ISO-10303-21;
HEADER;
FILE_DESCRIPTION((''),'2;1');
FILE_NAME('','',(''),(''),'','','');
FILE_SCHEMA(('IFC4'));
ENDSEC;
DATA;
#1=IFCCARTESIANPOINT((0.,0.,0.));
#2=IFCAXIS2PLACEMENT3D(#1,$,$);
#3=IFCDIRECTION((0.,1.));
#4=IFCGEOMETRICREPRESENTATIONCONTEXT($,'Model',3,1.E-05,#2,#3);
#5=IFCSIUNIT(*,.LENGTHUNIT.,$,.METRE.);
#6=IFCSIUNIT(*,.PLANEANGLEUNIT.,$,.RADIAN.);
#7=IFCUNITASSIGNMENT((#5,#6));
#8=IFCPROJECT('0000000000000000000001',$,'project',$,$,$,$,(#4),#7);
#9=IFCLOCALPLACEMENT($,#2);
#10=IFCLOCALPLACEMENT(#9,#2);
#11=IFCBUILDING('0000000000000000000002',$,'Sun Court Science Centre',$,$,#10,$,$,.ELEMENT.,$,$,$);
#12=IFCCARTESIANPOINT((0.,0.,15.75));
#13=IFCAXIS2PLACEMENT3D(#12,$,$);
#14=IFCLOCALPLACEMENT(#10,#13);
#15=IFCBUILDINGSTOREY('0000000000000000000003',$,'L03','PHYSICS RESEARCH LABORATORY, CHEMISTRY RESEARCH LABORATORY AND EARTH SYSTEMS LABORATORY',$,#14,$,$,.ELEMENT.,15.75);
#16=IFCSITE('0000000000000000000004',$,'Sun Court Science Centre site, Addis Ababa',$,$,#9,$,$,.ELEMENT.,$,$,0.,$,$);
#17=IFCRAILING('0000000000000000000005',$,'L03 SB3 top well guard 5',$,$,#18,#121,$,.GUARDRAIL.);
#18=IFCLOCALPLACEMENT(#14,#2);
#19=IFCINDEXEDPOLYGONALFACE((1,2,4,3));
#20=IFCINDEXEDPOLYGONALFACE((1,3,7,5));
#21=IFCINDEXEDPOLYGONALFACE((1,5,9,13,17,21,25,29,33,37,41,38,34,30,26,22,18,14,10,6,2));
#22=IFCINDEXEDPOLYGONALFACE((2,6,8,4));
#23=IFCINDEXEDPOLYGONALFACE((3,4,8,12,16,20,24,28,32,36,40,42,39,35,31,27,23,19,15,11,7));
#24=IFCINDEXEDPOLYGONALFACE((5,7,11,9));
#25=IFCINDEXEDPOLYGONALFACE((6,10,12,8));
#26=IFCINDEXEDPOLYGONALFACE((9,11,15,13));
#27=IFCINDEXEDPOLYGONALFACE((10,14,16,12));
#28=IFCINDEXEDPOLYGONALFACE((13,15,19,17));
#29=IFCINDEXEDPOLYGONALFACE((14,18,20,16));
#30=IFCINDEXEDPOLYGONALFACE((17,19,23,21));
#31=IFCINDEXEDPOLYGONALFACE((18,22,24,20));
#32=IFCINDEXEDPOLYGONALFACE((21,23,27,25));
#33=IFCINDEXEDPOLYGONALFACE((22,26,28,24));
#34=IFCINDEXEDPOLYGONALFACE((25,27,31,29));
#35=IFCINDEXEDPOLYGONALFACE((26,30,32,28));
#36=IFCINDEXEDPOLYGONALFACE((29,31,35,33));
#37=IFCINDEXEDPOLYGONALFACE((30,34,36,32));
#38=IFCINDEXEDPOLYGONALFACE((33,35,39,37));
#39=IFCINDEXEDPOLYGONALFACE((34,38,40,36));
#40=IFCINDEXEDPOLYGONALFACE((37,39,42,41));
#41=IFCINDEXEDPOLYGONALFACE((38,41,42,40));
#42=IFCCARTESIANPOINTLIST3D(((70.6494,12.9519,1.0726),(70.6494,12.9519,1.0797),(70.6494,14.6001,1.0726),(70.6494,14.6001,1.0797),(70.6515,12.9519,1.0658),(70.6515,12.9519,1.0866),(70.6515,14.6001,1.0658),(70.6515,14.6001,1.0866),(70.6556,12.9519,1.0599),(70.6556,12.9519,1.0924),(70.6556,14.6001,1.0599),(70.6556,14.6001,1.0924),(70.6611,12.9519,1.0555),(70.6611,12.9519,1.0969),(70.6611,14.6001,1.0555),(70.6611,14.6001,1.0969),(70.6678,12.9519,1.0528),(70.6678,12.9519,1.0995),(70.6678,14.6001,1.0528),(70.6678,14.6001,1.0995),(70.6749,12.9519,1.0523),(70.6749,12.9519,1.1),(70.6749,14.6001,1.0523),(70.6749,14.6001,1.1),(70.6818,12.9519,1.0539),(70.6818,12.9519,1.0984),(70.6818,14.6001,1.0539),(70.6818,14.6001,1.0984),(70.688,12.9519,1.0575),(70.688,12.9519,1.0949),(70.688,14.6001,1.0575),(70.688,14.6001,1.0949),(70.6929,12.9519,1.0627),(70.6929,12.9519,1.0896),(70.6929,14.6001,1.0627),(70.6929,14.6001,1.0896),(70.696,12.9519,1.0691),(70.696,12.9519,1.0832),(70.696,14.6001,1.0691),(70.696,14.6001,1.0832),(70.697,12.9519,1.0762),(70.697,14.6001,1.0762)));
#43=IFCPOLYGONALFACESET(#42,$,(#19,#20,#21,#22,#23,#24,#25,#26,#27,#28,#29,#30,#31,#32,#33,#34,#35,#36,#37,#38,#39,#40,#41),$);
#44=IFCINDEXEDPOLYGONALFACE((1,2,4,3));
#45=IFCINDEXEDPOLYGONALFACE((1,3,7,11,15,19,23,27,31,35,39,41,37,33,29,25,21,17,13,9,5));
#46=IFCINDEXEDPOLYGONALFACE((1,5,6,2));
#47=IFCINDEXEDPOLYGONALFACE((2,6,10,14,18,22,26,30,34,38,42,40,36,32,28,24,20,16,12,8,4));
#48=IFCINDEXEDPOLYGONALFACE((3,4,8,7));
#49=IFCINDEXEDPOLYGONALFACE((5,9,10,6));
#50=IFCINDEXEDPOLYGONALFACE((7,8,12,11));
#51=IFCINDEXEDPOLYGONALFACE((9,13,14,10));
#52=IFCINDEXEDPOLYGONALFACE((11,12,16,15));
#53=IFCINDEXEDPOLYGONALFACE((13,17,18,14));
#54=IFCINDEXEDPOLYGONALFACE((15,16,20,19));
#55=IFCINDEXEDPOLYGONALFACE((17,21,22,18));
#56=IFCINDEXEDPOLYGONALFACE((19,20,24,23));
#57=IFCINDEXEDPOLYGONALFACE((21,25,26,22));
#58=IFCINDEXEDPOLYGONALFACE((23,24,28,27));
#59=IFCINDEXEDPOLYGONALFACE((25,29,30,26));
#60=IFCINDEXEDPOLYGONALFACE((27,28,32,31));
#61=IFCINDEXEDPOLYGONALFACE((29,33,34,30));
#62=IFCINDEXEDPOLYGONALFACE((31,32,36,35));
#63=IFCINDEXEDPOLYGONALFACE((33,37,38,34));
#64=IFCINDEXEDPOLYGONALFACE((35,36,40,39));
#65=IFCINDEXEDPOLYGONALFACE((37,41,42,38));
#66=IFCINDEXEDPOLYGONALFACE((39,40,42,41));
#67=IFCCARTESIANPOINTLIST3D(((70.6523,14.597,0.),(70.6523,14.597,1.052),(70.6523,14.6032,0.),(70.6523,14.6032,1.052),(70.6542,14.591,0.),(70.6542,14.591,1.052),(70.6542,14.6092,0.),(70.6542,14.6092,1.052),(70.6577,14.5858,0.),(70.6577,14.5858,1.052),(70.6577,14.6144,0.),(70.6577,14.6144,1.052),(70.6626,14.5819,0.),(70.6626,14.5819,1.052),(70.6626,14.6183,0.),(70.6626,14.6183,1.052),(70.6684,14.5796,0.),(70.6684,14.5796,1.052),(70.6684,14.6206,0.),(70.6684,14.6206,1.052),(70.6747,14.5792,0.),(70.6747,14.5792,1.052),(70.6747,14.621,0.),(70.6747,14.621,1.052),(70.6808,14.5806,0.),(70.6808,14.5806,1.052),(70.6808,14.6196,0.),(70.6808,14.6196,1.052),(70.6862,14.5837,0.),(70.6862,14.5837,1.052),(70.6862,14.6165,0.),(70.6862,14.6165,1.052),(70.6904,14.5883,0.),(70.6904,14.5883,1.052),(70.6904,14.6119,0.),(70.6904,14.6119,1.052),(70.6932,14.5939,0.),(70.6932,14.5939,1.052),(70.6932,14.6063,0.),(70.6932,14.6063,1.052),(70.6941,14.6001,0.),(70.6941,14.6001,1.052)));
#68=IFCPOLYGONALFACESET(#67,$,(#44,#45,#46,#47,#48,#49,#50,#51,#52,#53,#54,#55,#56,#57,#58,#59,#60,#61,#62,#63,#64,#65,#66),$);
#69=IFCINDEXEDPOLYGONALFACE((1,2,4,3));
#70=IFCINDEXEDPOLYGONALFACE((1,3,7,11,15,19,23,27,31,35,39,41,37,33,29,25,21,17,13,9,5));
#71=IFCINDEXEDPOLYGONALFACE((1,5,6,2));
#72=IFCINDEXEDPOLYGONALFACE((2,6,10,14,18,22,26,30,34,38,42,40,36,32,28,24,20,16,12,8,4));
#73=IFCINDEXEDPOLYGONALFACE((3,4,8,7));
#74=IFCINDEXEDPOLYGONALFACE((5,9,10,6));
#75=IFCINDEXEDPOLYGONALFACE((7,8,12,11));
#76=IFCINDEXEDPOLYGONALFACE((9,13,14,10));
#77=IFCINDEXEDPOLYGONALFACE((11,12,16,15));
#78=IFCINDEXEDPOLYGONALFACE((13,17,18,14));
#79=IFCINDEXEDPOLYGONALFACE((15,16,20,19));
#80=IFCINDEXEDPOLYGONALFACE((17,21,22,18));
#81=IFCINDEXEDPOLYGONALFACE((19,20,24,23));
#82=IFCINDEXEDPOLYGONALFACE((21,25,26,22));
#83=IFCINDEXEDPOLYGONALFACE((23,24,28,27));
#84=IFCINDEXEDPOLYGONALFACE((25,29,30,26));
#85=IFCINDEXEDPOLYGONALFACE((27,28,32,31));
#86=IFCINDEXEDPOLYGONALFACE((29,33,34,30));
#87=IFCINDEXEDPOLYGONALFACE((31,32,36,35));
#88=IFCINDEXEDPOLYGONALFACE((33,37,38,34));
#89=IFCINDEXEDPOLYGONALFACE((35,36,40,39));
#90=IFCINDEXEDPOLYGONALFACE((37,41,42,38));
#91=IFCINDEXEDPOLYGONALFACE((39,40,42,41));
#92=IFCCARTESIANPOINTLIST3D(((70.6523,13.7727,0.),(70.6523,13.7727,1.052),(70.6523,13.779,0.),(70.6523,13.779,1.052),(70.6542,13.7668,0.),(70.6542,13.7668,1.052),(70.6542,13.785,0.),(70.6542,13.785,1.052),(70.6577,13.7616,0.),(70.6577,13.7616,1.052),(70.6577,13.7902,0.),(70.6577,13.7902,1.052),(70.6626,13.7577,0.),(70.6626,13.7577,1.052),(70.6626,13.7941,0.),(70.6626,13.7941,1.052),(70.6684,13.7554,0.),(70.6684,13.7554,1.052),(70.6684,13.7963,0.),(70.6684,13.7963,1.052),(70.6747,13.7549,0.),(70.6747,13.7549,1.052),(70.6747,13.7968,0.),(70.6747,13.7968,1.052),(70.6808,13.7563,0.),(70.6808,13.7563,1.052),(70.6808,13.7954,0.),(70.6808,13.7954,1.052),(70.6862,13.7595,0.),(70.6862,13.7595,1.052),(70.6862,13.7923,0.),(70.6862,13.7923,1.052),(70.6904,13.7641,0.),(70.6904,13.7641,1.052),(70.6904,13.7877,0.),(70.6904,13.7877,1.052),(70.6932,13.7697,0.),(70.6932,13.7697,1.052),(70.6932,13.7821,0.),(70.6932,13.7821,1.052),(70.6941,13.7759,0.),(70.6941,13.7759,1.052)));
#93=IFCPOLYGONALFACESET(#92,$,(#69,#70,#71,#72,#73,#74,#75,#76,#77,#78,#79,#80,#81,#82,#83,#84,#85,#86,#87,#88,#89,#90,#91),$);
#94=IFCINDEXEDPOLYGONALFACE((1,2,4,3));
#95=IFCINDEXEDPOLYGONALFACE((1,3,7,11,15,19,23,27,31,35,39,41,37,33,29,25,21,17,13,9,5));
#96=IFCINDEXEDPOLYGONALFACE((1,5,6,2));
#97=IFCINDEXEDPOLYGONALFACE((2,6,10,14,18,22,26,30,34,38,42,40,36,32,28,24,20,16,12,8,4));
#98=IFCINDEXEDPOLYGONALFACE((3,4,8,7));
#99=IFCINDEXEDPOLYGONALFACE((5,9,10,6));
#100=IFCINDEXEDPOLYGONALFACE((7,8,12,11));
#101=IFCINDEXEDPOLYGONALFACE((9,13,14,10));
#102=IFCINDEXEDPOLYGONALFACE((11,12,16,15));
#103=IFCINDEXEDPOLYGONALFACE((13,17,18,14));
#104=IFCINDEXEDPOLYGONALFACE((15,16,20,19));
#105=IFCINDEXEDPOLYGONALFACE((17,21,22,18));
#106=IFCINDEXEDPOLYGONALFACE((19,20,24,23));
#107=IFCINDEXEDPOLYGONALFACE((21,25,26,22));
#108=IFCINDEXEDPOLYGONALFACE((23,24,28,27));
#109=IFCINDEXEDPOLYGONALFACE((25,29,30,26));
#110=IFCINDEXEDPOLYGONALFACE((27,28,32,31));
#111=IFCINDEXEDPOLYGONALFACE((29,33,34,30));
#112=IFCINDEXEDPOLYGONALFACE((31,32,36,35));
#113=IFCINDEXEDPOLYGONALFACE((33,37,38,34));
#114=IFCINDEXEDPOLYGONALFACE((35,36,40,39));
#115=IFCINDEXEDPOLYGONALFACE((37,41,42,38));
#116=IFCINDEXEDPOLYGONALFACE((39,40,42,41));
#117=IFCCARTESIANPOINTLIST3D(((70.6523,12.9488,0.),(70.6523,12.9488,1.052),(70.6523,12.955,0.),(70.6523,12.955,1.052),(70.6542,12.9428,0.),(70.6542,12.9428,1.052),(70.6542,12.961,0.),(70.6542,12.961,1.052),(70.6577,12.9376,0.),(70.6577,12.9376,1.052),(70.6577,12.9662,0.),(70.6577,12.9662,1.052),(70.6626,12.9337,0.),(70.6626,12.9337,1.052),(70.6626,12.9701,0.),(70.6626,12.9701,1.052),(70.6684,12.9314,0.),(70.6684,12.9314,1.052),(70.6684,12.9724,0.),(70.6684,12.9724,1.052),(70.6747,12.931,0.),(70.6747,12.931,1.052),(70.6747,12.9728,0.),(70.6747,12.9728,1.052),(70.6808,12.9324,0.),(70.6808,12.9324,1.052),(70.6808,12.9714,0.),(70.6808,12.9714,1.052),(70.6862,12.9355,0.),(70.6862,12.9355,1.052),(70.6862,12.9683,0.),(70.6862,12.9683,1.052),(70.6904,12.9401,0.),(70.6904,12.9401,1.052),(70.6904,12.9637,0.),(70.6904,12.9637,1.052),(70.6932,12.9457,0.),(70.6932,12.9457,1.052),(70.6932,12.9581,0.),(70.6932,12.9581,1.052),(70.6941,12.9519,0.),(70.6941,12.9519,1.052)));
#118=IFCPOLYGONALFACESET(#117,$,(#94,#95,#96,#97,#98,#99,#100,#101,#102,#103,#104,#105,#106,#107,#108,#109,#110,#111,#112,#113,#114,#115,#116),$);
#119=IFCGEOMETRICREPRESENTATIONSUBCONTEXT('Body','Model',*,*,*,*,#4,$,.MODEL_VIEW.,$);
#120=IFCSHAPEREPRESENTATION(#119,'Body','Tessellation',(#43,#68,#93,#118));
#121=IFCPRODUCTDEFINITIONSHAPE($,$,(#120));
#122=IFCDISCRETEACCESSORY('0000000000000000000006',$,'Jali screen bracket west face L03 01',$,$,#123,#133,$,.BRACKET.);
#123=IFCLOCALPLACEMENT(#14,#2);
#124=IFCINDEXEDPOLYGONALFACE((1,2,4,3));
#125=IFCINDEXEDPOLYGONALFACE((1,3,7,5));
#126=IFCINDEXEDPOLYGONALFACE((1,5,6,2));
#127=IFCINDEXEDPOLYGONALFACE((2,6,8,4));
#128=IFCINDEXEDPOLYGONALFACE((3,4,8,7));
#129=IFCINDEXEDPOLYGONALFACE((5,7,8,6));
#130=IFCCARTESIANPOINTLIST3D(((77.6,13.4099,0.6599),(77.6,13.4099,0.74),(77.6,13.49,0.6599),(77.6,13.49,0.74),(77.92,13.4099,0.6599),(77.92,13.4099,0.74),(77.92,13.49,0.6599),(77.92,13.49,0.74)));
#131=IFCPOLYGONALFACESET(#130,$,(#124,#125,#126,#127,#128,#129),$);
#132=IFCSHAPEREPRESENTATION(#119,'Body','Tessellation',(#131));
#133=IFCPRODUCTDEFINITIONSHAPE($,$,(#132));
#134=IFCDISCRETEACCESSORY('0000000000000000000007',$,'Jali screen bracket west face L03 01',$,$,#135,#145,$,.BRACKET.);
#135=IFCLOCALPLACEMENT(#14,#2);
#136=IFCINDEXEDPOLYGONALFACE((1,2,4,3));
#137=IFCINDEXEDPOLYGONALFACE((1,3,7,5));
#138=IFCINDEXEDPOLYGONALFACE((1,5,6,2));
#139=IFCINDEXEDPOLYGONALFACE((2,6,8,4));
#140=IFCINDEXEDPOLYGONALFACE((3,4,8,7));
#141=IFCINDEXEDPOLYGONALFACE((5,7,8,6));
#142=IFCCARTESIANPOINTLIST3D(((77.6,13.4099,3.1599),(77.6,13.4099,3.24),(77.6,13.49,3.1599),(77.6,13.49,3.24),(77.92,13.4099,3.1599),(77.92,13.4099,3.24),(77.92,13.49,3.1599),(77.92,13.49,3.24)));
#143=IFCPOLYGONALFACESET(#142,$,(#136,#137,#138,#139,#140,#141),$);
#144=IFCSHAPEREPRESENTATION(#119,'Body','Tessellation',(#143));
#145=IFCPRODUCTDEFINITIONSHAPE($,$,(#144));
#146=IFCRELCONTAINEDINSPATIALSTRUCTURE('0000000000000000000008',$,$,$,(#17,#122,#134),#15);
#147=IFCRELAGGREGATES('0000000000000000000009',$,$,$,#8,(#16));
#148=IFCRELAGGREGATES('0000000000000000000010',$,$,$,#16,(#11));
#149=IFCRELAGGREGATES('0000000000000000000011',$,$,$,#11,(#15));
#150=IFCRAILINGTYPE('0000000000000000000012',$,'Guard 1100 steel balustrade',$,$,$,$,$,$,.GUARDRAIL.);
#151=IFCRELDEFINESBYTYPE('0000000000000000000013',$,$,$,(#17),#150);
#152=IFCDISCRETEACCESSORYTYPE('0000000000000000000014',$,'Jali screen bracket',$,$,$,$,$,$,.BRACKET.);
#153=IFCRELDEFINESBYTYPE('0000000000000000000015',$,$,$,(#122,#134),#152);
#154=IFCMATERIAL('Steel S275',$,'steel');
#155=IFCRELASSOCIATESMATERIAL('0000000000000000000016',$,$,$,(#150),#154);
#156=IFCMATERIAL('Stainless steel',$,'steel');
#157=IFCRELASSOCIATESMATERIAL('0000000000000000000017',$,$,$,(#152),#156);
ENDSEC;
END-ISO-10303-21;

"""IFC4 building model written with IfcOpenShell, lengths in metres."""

from ifc_helpers import new_model, si_unit, direction, frame, origin, origin_2d, place, context, subcontext, project, spatial, rectangle, circle, extrude, material, type_object, element, save


model = new_model("IFC4")

# Units and contexts
model_context = context("Model", 3, precision=1e-05, world=origin(), true_north=direction((0.0, 1.0)))
body_context = subcontext(model_context, "Body", "Model", "MODEL_VIEW")
ifc_project = project(units=[si_unit("LENGTHUNIT", "METRE"), si_unit("PLANEANGLEUNIT", "RADIAN")], contexts=[model_context])

# Site, building, storey
site_placement = place(None, origin())
site = spatial("IfcSite", under=ifc_project, at=site_placement, Name="Sun Court Science Centre site, Addis Ababa", CompositionType="ELEMENT", RefElevation=0.0)
building_placement = place(site_placement, origin())
building = spatial("IfcBuilding", under=site, at=building_placement, Name="Sun Court Science Centre", CompositionType="ELEMENT")
storey_placement = place(building_placement, frame((0.0, 0.0, 15.75)))
storey = spatial("IfcBuildingStorey", under=building, at=storey_placement, Name="L03", Description="PHYSICS RESEARCH LABORATORY, CHEMISTRY RESEARCH LABORATORY AND EARTH SYSTEMS LABORATORY", CompositionType="ELEMENT", Elevation=15.75)

# Railing
ifc_material_1 = material(Name="Steel S275", Category="steel")
railing_type = type_object("IfcRailingType", Name="Guard 1100 steel balustrade", PredefinedType="GUARDRAIL", material=ifc_material_1)
railing_1_placement = place(storey_placement, frame((70.6731, 14.6001, 0.0)))
element("IfcRailing", 1, at=railing_1_placement, inside=storey, type_object=railing_type, Name="L03 SB3 top well guard 5", PredefinedType="GUARDRAIL", context=body_context, shape_type="SweptSolid", body=[
    extrude(circle(Radius=0.0239, at=origin_2d()), frame((0.0, 0.0, 1.0762), z_axis=(0.0, -1.0, 0.0), x_axis=(1.0, 0.0, 0.0)), (0.0, 0.0, 1.0), 1.6482),
    extrude(circle(Radius=0.021, at=origin_2d()), origin(), (0.0, 0.0, 1.0), 1.052),
    extrude(circle(Radius=0.021, at=origin_2d()), frame((0.0, -0.8242, 0.0)), (0.0, 0.0, 1.0), 1.052),
    extrude(circle(Radius=0.021, at=origin_2d()), frame((0.0, -1.6482, 0.0)), (0.0, 0.0, 1.0), 1.052),
])

# Discrete accessories
ifc_material_2 = material(Name="Stainless steel", Category="steel")
discrete_accessory_type = type_object("IfcDiscreteAccessoryType", Name="Jali screen bracket", PredefinedType="BRACKET", material=ifc_material_2)
for number, where, z_axis, x_axis, name in (
    (2, (77.76, 13.45, 0.6599), (0.0, 0.0, 1.0), (0.0, 1.0, 0.0), "Jali screen bracket west face L03 01"),
    (3, (77.76, 13.45, 3.1599), (0.0, 0.0, 1.0), (0.0, 1.0, 0.0), "Jali screen bracket west face L03 01"),
):
    element("IfcDiscreteAccessory", number, at=place(storey_placement, frame(where, z_axis=z_axis, x_axis=x_axis)), inside=storey, type_object=discrete_accessory_type, Name=name, PredefinedType="BRACKET", context=body_context, shape_type="SweptSolid", body=[
        extrude(rectangle(XDim=0.0801, YDim=0.3201, at=origin_2d()), origin(), (0.0, 0.0, 1.0), 0.0801),
    ])

save(model, "model.ifc")
